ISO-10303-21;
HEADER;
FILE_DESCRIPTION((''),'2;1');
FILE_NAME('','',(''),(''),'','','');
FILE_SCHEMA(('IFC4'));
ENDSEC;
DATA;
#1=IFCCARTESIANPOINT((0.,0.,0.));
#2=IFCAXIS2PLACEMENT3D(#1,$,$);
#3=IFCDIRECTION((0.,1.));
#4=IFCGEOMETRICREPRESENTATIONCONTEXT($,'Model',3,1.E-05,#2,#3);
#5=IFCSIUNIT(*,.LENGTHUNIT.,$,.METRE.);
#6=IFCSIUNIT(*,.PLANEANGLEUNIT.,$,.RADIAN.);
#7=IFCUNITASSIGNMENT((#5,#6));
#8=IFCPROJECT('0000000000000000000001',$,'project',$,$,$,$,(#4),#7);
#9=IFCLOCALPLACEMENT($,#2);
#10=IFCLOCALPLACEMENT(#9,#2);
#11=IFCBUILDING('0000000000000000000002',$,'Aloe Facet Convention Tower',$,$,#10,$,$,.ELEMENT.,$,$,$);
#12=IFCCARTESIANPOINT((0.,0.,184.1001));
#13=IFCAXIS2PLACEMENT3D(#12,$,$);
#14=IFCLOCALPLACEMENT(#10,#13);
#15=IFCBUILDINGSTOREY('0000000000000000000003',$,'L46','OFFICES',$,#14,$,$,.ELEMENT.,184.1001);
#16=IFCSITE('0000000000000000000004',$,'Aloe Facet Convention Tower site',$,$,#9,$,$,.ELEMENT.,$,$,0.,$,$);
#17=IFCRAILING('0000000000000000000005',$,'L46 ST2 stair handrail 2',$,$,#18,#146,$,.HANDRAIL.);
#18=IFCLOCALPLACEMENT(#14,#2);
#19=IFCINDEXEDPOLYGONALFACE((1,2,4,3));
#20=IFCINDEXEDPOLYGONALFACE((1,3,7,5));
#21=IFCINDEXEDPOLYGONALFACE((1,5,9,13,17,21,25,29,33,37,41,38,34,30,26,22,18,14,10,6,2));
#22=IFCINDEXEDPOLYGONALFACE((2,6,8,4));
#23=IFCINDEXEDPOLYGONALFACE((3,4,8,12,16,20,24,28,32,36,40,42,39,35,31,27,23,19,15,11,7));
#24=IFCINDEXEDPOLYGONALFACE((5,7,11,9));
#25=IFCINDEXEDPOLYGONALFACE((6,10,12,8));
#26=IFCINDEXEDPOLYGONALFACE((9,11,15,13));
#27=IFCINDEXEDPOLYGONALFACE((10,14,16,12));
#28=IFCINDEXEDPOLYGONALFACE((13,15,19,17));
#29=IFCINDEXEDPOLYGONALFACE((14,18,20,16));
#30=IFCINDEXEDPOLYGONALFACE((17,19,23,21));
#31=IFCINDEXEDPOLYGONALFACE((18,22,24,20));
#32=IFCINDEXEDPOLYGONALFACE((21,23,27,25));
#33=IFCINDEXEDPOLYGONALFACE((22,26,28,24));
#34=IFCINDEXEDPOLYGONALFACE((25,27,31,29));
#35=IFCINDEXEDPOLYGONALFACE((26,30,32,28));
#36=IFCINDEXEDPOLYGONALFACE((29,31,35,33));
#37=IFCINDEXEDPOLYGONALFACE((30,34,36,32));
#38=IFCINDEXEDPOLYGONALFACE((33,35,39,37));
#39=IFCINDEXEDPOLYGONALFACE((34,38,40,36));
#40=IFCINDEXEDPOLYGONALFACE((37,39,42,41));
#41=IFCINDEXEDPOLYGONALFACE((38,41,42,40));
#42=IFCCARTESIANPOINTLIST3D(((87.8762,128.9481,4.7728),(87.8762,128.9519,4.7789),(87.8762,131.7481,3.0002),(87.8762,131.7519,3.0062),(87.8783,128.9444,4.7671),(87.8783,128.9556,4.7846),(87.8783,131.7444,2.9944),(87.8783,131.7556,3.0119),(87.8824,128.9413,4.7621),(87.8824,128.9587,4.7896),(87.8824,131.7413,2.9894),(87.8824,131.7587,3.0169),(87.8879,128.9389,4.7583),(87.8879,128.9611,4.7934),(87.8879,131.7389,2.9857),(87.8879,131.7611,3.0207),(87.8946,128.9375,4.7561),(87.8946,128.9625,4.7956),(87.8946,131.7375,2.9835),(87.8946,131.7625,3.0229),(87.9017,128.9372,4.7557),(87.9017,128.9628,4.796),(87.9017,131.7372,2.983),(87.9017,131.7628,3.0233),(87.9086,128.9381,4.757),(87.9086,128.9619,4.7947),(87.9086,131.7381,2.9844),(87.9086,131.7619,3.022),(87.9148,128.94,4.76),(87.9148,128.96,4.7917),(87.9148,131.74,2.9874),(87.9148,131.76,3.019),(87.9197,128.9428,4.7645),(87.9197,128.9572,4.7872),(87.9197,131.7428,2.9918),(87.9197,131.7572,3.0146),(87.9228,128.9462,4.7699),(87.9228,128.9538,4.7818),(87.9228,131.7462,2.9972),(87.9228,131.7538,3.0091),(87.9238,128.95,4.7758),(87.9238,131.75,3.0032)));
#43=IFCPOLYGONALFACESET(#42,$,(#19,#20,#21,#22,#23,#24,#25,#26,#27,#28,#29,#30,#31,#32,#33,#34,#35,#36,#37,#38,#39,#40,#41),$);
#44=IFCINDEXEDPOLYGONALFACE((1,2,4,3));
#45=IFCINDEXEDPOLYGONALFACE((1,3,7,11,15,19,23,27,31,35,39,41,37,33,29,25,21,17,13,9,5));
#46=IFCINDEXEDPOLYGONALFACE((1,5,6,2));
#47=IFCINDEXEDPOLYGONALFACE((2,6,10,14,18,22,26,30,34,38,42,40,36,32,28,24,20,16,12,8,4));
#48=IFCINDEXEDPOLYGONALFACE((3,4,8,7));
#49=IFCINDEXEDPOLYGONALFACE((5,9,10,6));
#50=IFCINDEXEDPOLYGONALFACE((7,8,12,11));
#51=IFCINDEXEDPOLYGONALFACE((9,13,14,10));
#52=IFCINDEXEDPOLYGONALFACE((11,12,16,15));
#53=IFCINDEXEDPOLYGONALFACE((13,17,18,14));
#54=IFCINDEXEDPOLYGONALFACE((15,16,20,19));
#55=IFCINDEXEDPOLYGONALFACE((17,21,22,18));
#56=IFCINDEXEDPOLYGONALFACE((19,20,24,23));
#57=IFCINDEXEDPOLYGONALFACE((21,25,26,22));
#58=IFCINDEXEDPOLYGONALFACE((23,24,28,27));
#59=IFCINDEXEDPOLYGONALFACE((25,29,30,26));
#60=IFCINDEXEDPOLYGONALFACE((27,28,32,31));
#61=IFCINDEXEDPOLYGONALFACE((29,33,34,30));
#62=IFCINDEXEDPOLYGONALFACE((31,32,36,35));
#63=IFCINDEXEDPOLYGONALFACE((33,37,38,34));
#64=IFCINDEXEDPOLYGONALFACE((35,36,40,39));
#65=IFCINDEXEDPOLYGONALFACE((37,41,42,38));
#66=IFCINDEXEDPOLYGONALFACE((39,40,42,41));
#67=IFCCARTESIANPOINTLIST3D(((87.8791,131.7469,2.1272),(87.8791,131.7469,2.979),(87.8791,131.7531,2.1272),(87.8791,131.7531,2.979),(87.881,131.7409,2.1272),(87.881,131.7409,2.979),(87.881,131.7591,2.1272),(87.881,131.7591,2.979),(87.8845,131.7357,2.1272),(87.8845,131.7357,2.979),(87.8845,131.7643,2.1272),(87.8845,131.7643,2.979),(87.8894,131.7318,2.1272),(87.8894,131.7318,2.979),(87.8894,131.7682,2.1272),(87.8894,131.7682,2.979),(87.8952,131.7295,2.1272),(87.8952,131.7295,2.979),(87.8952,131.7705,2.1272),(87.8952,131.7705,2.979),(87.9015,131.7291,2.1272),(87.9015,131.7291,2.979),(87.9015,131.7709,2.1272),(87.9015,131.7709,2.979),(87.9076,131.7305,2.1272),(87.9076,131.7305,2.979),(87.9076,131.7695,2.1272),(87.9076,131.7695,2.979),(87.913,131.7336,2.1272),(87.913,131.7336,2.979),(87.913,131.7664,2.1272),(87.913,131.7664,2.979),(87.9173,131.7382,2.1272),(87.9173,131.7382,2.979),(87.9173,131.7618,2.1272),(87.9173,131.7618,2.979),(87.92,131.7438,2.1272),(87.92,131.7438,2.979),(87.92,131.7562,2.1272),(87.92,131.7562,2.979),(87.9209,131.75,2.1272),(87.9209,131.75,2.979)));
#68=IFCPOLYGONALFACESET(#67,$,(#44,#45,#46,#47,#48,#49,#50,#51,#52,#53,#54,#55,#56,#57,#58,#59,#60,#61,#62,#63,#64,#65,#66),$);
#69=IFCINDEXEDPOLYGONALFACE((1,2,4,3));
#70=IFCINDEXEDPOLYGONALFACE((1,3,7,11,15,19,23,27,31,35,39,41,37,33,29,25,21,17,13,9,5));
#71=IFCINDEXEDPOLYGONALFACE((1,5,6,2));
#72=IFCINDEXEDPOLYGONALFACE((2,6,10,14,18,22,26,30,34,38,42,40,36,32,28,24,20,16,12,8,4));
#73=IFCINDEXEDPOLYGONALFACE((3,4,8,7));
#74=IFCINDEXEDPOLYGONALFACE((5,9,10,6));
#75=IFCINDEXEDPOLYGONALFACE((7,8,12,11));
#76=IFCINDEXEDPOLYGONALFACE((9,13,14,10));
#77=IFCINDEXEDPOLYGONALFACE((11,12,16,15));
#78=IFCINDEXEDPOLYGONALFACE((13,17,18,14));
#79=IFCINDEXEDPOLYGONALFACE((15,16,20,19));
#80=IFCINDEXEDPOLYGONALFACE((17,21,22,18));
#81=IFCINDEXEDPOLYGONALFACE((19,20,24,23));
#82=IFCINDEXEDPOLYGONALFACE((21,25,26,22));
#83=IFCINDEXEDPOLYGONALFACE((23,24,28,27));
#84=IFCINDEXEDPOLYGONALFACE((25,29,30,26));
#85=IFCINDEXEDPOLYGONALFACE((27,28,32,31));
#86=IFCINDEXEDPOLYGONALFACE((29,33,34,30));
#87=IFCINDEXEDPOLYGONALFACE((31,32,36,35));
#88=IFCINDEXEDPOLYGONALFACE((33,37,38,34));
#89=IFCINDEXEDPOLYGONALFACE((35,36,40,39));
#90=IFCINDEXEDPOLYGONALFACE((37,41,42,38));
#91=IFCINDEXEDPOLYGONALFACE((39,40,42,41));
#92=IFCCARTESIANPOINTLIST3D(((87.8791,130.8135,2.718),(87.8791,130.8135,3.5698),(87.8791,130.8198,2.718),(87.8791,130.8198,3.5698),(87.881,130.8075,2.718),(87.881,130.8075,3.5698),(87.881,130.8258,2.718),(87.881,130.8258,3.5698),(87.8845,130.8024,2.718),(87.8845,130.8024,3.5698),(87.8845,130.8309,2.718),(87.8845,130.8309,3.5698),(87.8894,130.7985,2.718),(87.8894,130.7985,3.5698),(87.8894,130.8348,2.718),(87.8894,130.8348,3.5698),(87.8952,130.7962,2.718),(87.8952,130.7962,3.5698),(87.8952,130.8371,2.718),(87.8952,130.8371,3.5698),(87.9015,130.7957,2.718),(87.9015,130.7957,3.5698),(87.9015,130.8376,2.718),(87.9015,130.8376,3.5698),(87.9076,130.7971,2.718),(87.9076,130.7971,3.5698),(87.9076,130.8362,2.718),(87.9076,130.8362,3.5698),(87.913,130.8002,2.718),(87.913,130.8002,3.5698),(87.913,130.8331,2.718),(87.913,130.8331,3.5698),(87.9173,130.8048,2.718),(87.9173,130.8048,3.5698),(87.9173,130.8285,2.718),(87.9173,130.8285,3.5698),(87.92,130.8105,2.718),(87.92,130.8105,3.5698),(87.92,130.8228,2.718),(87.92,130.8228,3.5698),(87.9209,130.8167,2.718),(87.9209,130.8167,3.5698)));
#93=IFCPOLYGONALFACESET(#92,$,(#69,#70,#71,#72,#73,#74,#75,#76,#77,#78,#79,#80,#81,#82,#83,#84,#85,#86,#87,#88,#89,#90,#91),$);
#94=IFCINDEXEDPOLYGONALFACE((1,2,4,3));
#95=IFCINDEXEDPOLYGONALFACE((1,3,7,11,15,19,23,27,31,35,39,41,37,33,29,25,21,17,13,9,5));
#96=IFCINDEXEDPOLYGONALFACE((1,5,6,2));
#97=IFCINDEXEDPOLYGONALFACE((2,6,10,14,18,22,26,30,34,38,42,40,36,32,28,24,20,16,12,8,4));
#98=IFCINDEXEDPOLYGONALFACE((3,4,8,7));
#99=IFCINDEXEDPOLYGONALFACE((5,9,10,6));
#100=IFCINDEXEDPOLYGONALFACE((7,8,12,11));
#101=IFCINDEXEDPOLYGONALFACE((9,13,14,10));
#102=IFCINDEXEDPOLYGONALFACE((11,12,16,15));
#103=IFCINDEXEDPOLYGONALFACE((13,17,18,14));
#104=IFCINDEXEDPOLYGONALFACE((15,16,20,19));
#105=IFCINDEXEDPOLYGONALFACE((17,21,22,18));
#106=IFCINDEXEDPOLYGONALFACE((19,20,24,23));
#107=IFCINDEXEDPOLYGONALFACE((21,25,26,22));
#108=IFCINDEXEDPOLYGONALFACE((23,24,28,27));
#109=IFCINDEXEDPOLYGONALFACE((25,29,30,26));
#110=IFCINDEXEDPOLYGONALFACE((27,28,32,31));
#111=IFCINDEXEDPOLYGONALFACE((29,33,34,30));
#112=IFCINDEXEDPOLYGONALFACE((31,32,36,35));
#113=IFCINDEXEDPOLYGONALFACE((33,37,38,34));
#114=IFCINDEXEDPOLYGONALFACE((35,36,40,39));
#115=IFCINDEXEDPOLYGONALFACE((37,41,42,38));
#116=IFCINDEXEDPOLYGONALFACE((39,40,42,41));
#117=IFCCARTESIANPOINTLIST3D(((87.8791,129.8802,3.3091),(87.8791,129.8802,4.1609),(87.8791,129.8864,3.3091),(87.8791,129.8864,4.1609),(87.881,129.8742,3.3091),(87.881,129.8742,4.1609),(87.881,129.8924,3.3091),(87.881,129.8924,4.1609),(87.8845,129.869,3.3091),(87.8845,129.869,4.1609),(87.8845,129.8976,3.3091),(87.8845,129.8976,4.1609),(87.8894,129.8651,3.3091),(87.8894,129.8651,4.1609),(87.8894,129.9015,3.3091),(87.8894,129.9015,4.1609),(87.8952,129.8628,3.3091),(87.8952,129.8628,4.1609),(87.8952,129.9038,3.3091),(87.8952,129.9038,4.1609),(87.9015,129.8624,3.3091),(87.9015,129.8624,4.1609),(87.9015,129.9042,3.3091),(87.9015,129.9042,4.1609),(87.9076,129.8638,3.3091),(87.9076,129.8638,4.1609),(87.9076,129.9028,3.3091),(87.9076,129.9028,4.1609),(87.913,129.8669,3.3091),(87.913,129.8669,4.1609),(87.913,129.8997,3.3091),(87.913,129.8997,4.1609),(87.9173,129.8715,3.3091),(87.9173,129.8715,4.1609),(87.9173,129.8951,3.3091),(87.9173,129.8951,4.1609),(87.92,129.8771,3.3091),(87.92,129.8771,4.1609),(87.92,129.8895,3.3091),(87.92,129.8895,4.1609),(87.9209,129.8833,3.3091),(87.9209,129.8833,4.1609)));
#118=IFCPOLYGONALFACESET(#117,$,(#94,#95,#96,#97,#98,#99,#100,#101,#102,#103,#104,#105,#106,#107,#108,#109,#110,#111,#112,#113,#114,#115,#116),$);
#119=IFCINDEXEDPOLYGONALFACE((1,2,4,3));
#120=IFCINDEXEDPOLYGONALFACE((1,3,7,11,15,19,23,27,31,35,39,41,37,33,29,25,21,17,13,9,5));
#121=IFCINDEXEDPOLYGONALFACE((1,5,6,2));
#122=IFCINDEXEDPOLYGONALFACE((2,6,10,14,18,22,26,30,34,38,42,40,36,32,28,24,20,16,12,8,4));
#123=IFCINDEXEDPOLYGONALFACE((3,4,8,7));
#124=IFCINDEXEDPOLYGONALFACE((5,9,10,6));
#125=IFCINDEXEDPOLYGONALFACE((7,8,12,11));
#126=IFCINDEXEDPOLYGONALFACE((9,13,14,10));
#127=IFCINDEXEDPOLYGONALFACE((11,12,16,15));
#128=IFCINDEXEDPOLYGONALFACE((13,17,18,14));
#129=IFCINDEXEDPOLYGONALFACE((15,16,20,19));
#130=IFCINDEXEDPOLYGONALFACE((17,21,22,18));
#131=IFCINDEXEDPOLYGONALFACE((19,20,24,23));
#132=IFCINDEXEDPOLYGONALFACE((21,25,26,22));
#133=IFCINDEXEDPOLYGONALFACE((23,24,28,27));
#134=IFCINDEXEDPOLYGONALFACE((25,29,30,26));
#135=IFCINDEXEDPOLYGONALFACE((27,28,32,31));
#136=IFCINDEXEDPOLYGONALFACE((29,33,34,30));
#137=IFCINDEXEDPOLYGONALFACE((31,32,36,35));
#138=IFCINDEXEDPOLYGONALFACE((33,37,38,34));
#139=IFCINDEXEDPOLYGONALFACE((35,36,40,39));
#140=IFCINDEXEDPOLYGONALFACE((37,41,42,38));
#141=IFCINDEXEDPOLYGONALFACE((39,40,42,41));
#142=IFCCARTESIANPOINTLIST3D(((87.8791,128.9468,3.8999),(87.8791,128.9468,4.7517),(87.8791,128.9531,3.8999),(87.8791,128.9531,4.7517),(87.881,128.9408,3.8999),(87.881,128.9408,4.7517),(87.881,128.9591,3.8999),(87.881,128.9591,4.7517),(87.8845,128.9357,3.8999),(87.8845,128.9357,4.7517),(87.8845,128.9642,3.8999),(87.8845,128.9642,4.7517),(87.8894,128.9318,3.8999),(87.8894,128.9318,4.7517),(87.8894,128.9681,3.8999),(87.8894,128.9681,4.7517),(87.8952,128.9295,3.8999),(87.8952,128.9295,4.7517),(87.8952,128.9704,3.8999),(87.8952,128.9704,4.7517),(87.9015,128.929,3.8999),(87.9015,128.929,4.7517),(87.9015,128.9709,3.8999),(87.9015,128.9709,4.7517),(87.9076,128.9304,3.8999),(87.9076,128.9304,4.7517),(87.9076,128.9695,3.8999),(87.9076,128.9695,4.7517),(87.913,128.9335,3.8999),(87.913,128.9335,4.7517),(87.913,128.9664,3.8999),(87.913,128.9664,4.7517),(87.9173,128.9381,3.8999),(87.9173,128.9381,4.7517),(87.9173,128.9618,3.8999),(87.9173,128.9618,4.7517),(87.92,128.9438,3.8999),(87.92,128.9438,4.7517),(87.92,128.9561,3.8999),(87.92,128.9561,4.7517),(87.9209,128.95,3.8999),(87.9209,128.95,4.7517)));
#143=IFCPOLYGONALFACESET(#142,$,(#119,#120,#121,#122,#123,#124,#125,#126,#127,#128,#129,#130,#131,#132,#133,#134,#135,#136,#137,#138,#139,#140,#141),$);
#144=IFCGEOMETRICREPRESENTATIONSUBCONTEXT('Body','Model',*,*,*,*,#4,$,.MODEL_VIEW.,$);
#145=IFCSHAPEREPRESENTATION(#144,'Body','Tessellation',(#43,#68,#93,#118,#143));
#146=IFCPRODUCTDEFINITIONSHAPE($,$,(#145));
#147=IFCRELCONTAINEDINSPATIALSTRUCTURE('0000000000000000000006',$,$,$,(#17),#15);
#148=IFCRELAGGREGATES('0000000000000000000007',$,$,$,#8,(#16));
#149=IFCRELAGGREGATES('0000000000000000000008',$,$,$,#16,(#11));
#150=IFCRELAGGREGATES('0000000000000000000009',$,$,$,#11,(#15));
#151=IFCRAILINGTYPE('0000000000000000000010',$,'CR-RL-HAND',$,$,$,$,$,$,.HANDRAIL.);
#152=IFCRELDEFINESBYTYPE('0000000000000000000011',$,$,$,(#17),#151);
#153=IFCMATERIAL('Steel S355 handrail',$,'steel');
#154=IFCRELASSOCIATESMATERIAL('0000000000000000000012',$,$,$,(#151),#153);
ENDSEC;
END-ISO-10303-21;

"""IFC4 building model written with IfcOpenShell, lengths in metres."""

from ifc_helpers import new_model, si_unit, direction, frame, origin, origin_2d, place, context, subcontext, project, spatial, circle, extrude, material, type_object, element, save


model = new_model("IFC4")

# Units and contexts
model_context = context("Model", 3, precision=1e-05, world=origin(), true_north=direction((0.0, 1.0)))
body_context = subcontext(model_context, "Body", "Model", "MODEL_VIEW")
ifc_project = project(units=[si_unit("LENGTHUNIT", "METRE"), si_unit("PLANEANGLEUNIT", "RADIAN")], contexts=[model_context])

# Site, building, storey
site_placement = place(None, origin())
site = spatial("IfcSite", under=ifc_project, at=site_placement, Name="Aloe Facet Convention Tower site", CompositionType="ELEMENT", RefElevation=0.0)
building_placement = place(site_placement, origin())
building = spatial("IfcBuilding", under=site, at=building_placement, Name="Aloe Facet Convention Tower", CompositionType="ELEMENT")
storey_placement = place(building_placement, frame((0.0, 0.0, 184.1001)))
storey = spatial("IfcBuildingStorey", under=building, at=storey_placement, Name="L46", Description="OFFICES", CompositionType="ELEMENT", Elevation=184.1001)

# Railing
ifc_material_1 = material(Name="Steel S355 handrail", Category="steel")
railing_type_1 = type_object("IfcRailingType", Name="CR-RL-HAND", PredefinedType="HANDRAIL", material=ifc_material_1)
railing_1_placement = place(storey_placement, frame((87.8999, 131.75, 2.1272)))
element("IfcRailing", 1, at=railing_1_placement, inside=storey, type_object=railing_type_1, Name="L46 ST2 stair handrail 2", PredefinedType="HANDRAIL", context=body_context, shape_type="SweptSolid", body=[
    extrude(circle(Radius=0.0239, at=origin_2d()), frame((0.0, 0.0, 0.876), z_axis=(0.0, -0.844909, 0.53491), x_axis=(1.0, 0.0, 0.0)), (0.0, 0.0, 1.0), 3.314),
    extrude(circle(Radius=0.021, at=origin_2d()), origin(), (0.0, 0.0, 1.0), 0.8518),
    extrude(circle(Radius=0.021, at=origin_2d()), frame((0.0, -0.9333, 0.5908)), (0.0, 0.0, 1.0), 0.8518),
    extrude(circle(Radius=0.021, at=origin_2d()), frame((0.0, -1.8667, 1.1819)), (0.0, 0.0, 1.0), 0.8518),
    extrude(circle(Radius=0.021, at=origin_2d()), frame((0.0, -2.8, 1.7727)), (0.0, 0.0, 1.0), 0.8518),
])

save(model, "model.ifc")
